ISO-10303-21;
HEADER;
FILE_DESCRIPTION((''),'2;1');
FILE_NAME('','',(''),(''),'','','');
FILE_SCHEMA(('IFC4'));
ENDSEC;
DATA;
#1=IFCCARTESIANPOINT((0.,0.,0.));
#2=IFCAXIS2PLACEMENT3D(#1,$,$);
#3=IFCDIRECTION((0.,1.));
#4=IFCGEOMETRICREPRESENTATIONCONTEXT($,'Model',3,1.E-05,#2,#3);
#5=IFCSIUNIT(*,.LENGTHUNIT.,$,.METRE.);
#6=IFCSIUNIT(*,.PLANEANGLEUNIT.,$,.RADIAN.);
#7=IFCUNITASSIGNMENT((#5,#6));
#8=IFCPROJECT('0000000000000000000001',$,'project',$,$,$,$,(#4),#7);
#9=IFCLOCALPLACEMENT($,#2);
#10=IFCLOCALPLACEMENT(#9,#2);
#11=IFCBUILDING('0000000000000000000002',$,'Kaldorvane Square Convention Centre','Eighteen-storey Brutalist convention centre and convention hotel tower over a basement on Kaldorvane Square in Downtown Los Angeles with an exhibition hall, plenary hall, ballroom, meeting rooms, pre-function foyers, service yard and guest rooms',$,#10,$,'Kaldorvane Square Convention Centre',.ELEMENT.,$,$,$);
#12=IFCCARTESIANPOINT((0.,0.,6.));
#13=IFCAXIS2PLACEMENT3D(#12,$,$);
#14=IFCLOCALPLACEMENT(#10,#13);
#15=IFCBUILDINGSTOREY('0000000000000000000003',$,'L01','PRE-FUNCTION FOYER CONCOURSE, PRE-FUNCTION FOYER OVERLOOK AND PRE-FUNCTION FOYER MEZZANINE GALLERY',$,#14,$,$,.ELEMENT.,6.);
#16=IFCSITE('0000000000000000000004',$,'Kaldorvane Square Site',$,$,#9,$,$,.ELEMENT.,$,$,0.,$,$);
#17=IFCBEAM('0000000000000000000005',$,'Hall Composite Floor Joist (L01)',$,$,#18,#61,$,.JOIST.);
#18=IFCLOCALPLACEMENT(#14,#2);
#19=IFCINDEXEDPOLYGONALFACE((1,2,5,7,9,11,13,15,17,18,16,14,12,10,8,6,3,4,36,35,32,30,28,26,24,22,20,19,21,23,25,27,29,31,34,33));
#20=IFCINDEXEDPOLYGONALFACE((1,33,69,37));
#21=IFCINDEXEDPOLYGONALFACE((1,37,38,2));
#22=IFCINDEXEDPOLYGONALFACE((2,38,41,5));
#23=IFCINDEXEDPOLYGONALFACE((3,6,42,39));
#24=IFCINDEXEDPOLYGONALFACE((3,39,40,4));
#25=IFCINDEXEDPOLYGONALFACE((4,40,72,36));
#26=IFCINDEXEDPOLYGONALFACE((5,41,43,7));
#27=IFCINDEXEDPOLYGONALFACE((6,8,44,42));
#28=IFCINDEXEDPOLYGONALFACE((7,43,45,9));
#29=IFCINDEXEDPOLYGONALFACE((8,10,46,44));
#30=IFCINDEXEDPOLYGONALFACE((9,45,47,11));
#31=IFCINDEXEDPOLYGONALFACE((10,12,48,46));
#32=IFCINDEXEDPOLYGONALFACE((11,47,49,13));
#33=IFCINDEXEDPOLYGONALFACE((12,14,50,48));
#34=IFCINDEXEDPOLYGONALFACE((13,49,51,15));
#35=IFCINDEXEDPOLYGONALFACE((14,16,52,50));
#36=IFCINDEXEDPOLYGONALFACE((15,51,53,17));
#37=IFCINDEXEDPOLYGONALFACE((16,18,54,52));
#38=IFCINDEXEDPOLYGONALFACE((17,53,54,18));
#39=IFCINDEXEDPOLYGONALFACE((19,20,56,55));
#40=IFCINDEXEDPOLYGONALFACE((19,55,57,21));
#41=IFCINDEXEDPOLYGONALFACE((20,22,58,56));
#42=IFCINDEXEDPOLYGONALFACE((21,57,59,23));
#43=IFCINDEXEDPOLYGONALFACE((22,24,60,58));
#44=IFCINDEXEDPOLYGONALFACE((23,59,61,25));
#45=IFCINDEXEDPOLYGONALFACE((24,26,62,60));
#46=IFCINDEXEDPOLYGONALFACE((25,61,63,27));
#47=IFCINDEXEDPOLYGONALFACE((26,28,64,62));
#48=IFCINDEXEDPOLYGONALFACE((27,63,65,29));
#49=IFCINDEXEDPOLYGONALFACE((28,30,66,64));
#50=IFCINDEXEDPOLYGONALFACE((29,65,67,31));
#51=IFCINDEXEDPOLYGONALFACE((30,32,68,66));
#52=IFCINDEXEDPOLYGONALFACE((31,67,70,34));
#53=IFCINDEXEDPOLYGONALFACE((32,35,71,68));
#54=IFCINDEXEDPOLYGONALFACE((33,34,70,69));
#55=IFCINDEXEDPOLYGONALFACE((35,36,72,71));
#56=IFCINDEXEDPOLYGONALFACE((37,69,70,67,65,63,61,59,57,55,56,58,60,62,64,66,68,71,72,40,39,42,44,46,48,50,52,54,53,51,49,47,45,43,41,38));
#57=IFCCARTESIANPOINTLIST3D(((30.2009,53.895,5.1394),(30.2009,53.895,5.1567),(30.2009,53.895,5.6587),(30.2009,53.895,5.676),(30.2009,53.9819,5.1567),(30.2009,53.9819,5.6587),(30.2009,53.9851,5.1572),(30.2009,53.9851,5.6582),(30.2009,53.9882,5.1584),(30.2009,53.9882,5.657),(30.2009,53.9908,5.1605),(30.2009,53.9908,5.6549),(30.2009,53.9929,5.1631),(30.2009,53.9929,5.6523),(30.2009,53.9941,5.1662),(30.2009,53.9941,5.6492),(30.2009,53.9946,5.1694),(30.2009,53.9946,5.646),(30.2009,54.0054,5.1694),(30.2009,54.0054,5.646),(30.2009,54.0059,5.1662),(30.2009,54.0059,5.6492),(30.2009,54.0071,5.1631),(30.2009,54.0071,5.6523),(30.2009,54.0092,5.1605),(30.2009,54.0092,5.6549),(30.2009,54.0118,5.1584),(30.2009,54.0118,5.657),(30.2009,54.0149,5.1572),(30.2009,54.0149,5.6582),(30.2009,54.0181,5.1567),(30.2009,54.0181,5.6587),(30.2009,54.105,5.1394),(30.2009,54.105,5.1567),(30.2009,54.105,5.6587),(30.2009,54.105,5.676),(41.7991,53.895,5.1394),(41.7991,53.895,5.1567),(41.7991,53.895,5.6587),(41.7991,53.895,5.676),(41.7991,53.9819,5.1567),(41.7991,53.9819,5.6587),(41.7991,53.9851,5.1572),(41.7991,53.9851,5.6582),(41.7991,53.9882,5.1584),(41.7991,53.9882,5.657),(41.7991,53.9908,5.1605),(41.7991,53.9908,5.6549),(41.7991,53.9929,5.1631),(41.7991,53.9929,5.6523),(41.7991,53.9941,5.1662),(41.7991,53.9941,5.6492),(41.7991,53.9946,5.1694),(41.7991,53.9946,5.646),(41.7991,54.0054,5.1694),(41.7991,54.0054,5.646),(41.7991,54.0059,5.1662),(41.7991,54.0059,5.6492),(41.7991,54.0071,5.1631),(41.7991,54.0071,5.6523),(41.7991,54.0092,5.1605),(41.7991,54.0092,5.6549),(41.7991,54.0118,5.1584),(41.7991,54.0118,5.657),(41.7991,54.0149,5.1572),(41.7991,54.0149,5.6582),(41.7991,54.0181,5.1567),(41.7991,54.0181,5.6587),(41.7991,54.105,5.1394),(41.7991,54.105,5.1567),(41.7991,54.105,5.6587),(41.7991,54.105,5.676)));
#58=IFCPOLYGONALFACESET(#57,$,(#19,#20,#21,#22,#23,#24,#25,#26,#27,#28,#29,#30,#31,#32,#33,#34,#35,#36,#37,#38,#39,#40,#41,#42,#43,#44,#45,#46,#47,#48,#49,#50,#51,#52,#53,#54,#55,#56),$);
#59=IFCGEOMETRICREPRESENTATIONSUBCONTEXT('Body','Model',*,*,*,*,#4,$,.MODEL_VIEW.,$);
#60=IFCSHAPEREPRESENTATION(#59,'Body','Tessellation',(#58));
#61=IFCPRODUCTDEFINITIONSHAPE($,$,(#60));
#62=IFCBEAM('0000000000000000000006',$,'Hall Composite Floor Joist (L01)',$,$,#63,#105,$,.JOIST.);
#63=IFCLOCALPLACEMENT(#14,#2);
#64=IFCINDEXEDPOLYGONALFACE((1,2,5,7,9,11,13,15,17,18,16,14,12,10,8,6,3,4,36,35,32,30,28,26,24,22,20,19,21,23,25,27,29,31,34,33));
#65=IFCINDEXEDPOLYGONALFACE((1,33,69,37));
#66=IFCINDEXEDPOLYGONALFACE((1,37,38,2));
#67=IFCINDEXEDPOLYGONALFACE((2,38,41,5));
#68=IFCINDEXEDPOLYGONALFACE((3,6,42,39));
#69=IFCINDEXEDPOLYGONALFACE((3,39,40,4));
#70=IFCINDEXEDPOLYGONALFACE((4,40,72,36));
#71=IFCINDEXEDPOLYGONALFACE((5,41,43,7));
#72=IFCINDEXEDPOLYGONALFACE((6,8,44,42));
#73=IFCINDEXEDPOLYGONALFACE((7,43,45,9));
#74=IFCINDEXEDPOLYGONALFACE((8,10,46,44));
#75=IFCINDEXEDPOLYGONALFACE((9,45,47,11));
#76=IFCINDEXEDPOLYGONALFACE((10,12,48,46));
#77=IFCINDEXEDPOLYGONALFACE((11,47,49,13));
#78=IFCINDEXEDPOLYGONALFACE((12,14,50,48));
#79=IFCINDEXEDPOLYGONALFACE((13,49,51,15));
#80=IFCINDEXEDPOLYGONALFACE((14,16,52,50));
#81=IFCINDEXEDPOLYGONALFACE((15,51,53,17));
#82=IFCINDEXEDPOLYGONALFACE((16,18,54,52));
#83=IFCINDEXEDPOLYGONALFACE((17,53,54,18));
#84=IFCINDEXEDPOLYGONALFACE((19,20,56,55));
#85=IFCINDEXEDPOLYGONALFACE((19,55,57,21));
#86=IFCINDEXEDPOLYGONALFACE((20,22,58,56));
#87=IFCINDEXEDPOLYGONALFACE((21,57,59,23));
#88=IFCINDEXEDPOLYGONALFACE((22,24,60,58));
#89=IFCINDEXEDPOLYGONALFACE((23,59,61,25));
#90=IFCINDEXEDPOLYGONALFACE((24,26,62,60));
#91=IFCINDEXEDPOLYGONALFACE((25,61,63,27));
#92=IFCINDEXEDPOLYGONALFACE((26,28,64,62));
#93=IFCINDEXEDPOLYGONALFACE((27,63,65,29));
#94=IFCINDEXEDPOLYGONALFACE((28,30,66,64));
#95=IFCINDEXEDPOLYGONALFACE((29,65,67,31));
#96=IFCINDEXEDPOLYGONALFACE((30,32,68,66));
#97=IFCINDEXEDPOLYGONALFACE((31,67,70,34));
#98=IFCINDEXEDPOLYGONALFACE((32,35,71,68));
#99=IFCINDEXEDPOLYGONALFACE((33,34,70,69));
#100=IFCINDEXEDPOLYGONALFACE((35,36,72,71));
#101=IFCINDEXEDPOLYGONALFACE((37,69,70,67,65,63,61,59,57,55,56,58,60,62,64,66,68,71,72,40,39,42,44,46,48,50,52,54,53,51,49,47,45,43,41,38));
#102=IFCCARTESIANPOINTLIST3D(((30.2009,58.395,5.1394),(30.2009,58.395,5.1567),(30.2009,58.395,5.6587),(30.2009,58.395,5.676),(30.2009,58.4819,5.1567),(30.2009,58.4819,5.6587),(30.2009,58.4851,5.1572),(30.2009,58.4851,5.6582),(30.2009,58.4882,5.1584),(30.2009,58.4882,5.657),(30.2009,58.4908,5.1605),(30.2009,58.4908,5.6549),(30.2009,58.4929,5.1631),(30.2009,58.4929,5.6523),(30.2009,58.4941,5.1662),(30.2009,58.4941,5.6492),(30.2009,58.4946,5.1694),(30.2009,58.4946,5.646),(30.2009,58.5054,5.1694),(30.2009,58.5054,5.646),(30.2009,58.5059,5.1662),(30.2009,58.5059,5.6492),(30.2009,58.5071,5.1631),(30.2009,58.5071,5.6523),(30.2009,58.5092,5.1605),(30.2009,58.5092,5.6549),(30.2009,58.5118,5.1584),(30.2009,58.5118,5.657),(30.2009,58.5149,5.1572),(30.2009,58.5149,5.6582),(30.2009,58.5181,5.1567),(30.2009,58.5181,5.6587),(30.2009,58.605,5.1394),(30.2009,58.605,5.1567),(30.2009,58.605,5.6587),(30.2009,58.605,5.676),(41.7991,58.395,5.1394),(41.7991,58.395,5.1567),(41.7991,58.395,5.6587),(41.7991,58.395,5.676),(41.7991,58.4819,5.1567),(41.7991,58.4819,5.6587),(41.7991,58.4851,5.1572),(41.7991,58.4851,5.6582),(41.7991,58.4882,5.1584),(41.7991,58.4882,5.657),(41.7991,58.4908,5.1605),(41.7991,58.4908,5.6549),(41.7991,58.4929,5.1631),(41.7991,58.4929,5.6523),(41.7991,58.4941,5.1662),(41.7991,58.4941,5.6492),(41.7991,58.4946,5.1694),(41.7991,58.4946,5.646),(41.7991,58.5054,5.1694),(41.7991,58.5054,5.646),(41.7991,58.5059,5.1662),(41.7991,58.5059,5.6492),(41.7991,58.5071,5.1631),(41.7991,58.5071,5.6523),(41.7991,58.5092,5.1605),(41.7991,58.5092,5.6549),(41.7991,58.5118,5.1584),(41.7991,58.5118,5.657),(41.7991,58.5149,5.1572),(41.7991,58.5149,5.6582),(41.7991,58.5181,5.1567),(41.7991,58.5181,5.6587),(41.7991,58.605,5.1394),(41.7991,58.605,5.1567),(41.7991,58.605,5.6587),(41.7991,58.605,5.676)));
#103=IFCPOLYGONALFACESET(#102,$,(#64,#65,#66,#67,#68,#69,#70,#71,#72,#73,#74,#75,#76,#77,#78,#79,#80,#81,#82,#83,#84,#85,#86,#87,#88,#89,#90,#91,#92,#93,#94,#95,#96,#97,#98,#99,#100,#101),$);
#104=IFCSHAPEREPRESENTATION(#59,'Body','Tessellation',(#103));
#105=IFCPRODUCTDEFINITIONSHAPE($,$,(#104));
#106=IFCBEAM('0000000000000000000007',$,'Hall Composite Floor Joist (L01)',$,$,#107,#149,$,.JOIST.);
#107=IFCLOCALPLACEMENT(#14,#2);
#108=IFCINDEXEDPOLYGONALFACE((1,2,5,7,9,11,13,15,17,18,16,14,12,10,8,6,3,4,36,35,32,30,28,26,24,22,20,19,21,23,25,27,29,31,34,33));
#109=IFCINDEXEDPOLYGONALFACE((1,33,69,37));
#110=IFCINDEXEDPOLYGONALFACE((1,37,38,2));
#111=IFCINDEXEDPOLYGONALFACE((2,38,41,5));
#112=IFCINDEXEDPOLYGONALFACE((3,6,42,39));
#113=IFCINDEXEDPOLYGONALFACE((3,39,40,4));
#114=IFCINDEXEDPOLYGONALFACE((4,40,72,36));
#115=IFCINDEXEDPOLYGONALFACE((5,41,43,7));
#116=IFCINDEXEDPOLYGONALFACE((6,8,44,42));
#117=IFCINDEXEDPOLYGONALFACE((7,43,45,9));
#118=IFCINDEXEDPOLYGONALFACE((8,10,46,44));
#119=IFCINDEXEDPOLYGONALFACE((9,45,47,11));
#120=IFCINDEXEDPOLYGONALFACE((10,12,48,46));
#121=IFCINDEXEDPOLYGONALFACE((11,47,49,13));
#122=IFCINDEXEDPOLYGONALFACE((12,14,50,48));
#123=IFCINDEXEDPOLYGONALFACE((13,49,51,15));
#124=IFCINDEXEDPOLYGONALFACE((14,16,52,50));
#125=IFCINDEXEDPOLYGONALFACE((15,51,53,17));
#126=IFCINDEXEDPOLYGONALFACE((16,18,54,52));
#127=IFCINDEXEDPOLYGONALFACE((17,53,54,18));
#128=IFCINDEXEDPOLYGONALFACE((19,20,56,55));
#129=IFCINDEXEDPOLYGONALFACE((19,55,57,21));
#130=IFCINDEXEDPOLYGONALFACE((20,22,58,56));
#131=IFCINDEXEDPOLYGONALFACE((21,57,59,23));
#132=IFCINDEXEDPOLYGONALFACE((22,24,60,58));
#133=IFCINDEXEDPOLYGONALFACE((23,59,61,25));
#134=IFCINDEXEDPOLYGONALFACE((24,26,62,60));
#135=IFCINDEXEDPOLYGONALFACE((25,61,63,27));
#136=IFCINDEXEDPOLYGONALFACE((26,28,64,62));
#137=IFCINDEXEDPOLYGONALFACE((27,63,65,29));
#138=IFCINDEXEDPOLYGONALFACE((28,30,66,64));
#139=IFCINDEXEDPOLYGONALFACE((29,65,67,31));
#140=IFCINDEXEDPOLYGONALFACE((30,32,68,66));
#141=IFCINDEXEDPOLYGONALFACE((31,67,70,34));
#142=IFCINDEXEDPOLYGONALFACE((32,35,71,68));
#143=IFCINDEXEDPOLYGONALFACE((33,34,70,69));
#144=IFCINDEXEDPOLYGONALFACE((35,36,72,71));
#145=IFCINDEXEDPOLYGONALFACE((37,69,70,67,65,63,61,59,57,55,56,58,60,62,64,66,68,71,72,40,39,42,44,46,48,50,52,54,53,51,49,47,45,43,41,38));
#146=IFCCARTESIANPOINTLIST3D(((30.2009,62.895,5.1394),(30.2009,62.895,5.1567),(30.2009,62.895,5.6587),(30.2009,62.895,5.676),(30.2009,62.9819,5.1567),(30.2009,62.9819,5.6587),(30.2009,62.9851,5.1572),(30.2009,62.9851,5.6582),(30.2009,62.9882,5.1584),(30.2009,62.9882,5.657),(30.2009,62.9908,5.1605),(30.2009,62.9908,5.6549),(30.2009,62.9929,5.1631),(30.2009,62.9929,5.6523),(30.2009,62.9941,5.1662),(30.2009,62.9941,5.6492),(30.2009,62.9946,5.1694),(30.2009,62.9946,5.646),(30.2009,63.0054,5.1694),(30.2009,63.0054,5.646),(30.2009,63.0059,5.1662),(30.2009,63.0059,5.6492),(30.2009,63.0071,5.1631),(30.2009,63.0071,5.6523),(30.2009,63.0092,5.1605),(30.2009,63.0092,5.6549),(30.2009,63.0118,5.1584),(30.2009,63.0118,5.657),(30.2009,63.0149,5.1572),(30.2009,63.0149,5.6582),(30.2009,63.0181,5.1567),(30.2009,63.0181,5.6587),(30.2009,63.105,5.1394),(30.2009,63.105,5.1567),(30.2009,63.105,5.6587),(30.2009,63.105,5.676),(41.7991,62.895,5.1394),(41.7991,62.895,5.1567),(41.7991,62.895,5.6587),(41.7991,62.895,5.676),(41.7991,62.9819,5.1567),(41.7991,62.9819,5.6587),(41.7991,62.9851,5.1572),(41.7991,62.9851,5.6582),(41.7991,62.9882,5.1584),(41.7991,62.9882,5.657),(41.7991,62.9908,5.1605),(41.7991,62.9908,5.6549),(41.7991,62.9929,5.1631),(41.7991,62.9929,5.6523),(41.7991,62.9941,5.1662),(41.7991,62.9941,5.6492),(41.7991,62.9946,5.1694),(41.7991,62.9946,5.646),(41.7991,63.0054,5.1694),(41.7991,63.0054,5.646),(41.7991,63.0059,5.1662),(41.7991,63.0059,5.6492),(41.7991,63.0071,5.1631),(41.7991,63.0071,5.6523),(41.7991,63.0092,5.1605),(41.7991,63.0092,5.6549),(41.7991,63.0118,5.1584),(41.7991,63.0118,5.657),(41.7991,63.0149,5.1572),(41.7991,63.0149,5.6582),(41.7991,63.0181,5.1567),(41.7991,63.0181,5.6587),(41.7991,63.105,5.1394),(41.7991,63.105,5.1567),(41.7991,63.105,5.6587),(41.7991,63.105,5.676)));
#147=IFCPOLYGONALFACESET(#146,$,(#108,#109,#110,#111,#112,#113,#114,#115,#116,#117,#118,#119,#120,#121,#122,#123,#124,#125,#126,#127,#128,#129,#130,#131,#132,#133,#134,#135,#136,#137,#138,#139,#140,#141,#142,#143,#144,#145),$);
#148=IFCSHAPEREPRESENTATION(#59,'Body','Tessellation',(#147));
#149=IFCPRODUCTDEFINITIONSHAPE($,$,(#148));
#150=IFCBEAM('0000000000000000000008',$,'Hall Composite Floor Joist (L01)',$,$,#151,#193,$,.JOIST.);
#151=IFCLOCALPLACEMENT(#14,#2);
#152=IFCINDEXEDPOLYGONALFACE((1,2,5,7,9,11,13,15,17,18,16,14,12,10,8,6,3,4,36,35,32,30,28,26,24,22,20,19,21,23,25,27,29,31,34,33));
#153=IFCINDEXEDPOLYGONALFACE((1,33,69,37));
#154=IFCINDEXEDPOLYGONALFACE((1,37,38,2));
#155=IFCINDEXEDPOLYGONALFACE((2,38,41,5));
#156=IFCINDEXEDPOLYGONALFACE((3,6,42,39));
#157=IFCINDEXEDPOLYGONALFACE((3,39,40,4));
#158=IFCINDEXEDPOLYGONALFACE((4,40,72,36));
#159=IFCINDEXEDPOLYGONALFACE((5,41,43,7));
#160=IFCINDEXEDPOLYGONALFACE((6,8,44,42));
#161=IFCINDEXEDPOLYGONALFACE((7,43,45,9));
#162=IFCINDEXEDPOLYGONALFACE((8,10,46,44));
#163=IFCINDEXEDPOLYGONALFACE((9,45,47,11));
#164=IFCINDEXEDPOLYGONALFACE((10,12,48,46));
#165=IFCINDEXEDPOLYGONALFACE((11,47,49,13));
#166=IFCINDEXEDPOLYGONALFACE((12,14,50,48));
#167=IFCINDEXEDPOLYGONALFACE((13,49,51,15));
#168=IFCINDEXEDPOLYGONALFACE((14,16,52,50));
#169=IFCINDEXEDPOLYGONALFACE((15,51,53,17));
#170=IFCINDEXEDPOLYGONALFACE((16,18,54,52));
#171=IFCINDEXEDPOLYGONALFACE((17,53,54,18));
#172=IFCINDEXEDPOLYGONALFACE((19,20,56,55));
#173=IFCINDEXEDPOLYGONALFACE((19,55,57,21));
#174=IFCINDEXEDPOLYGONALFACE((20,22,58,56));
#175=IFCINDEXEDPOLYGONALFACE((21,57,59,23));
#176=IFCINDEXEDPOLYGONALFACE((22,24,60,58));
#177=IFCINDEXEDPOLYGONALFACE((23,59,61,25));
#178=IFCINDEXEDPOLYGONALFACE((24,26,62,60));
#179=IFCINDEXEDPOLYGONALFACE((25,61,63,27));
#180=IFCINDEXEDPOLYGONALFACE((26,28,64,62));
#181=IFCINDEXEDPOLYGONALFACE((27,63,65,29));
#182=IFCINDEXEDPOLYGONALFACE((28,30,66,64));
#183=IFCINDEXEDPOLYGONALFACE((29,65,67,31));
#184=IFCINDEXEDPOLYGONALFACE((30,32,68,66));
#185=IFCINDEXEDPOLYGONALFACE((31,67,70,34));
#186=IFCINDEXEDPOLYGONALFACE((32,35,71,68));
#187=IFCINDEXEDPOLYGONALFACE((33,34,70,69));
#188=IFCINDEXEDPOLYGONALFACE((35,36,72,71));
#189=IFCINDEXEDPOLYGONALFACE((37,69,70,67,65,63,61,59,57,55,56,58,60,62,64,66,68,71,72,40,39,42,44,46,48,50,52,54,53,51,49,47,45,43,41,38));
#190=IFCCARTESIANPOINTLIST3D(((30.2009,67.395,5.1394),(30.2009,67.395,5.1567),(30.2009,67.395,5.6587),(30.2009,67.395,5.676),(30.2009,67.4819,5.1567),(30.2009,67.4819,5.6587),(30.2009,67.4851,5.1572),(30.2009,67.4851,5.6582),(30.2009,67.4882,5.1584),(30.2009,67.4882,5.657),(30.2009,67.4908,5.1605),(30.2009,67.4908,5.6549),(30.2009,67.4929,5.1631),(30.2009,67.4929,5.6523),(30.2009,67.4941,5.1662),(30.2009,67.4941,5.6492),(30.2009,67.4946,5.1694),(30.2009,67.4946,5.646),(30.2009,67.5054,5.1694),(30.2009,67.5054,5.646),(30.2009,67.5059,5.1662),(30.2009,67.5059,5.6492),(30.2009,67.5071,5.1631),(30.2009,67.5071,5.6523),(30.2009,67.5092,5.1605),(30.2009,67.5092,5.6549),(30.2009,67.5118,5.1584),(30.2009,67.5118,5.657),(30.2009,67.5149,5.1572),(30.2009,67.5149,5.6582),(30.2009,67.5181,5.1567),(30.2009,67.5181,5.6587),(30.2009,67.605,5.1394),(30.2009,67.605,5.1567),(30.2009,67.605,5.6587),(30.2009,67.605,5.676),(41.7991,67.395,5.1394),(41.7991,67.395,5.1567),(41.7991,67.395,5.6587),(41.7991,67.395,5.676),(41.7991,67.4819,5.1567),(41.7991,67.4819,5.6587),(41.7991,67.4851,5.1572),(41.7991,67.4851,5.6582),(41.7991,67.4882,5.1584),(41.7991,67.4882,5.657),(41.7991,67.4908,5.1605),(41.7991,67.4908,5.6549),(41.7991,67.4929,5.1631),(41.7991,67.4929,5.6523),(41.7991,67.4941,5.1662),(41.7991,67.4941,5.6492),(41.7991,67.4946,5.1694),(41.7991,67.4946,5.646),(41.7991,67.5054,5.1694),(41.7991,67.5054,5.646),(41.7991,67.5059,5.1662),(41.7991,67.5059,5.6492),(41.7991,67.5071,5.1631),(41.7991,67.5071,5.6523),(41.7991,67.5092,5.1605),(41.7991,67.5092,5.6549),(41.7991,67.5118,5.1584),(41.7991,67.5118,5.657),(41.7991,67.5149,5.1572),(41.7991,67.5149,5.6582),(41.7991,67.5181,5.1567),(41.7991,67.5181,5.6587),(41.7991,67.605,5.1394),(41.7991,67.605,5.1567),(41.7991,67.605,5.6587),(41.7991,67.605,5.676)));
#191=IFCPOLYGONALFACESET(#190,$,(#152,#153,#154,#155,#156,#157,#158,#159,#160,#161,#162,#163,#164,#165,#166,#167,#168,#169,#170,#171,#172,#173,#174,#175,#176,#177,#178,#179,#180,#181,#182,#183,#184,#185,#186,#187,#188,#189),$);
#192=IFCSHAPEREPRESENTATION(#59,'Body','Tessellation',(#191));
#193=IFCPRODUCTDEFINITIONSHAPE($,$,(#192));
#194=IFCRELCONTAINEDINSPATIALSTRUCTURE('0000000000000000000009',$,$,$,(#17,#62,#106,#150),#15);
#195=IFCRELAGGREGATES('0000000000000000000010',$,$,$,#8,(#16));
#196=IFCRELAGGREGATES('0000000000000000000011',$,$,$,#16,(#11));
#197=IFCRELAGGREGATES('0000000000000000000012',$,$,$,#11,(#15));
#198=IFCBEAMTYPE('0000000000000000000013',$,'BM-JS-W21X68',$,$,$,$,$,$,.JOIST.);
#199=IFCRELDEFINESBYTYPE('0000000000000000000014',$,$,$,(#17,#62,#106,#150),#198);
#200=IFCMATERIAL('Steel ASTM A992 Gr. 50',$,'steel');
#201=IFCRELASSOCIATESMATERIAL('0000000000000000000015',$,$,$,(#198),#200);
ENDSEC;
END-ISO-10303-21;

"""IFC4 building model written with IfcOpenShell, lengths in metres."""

from ifc_helpers import new_model, si_unit, direction, frame, origin, origin_2d, place, context, subcontext, project, spatial, i_section, extrude, material, material_profile, profile_set, type_object, element, save


model = new_model("IFC4")

# Units and contexts
model_context = context("Model", 3, precision=1e-05, world=origin(), true_north=direction((0.0, 1.0)))
body_context = subcontext(model_context, "Body", "Model", "MODEL_VIEW")
ifc_project = project(units=[si_unit("LENGTHUNIT", "METRE"), si_unit("PLANEANGLEUNIT", "RADIAN")], contexts=[model_context])

# Site, building, storey
site_placement = place(None, origin())
site = spatial("IfcSite", under=ifc_project, at=site_placement, Name="Kaldorvane Square Site", CompositionType="ELEMENT", RefElevation=0.0)
building_placement = place(site_placement, origin())
building = spatial("IfcBuilding", under=site, at=building_placement, Name="Kaldorvane Square Convention Centre", Description="Eighteen-storey Brutalist convention centre and convention hotel tower over a basement on Kaldorvane Square in Downtown Los Angeles with an exhibition hall, plenary hall, ballroom, meeting rooms, pre-function foyers, service yard and guest rooms", LongName="Kaldorvane Square Convention Centre", CompositionType="ELEMENT")
storey_placement = place(building_placement, frame((0.0, 0.0, 6.0)))
storey = spatial("IfcBuildingStorey", under=building, at=storey_placement, Name="L01", Description="PRE-FUNCTION FOYER CONCOURSE, PRE-FUNCTION FOYER OVERLOOK AND PRE-FUNCTION FOYER MEZZANINE GALLERY", CompositionType="ELEMENT", Elevation=6.0)

# Beams
ifc_material_1 = material(Name="Steel ASTM A992 Gr. 50", Category="steel")
ifc_material_profile_1 = material_profile(ifc_material_1, i_section(OverallWidth=0.2101, OverallDepth=0.5367, WebThickness=0.0109, FlangeThickness=0.0174, FilletRadius=0.0127, at=origin_2d()), Name="W21X68")
ifc_profile_set_1 = profile_set([ifc_material_profile_1], Name="Steel ASTM A992 Gr. 50")
beam_type_1 = type_object("IfcBeamType", Name="BM-JS-W21X68", PredefinedType="JOIST", material=ifc_profile_set_1)
for number, where, z_axis, x_axis, name in (
    (1, (30.2009, 54.0, 5.4077), (1.0, 0.0, 0.0), (0.0, 1.0, 0.0), "Hall Composite Floor Joist (L01)"),
    (2, (30.2009, 58.5, 5.4077), (1.0, 0.0, 0.0), (0.0, 1.0, 0.0), "Hall Composite Floor Joist (L01)"),
    (3, (30.2009, 63.0, 5.4077), (1.0, 0.0, 0.0), (0.0, 1.0, 0.0), "Hall Composite Floor Joist (L01)"),
    (4, (30.2009, 67.5, 5.4077), (1.0, 0.0, 0.0), (0.0, 1.0, 0.0), "Hall Composite Floor Joist (L01)"),
):
    element("IfcBeam", number, at=place(storey_placement, frame(where, z_axis=z_axis, x_axis=x_axis)), inside=storey, type_object=beam_type_1, Name=name, PredefinedType="JOIST", context=body_context, shape_type="SweptSolid", body=[
        extrude(i_section(OverallWidth=0.2101, OverallDepth=0.5367, WebThickness=0.0109, FlangeThickness=0.0174, FilletRadius=0.0127, at=origin_2d()), origin(), (0.0, 0.0, 1.0), 11.5982),
    ])

save(model, "model.ifc")
